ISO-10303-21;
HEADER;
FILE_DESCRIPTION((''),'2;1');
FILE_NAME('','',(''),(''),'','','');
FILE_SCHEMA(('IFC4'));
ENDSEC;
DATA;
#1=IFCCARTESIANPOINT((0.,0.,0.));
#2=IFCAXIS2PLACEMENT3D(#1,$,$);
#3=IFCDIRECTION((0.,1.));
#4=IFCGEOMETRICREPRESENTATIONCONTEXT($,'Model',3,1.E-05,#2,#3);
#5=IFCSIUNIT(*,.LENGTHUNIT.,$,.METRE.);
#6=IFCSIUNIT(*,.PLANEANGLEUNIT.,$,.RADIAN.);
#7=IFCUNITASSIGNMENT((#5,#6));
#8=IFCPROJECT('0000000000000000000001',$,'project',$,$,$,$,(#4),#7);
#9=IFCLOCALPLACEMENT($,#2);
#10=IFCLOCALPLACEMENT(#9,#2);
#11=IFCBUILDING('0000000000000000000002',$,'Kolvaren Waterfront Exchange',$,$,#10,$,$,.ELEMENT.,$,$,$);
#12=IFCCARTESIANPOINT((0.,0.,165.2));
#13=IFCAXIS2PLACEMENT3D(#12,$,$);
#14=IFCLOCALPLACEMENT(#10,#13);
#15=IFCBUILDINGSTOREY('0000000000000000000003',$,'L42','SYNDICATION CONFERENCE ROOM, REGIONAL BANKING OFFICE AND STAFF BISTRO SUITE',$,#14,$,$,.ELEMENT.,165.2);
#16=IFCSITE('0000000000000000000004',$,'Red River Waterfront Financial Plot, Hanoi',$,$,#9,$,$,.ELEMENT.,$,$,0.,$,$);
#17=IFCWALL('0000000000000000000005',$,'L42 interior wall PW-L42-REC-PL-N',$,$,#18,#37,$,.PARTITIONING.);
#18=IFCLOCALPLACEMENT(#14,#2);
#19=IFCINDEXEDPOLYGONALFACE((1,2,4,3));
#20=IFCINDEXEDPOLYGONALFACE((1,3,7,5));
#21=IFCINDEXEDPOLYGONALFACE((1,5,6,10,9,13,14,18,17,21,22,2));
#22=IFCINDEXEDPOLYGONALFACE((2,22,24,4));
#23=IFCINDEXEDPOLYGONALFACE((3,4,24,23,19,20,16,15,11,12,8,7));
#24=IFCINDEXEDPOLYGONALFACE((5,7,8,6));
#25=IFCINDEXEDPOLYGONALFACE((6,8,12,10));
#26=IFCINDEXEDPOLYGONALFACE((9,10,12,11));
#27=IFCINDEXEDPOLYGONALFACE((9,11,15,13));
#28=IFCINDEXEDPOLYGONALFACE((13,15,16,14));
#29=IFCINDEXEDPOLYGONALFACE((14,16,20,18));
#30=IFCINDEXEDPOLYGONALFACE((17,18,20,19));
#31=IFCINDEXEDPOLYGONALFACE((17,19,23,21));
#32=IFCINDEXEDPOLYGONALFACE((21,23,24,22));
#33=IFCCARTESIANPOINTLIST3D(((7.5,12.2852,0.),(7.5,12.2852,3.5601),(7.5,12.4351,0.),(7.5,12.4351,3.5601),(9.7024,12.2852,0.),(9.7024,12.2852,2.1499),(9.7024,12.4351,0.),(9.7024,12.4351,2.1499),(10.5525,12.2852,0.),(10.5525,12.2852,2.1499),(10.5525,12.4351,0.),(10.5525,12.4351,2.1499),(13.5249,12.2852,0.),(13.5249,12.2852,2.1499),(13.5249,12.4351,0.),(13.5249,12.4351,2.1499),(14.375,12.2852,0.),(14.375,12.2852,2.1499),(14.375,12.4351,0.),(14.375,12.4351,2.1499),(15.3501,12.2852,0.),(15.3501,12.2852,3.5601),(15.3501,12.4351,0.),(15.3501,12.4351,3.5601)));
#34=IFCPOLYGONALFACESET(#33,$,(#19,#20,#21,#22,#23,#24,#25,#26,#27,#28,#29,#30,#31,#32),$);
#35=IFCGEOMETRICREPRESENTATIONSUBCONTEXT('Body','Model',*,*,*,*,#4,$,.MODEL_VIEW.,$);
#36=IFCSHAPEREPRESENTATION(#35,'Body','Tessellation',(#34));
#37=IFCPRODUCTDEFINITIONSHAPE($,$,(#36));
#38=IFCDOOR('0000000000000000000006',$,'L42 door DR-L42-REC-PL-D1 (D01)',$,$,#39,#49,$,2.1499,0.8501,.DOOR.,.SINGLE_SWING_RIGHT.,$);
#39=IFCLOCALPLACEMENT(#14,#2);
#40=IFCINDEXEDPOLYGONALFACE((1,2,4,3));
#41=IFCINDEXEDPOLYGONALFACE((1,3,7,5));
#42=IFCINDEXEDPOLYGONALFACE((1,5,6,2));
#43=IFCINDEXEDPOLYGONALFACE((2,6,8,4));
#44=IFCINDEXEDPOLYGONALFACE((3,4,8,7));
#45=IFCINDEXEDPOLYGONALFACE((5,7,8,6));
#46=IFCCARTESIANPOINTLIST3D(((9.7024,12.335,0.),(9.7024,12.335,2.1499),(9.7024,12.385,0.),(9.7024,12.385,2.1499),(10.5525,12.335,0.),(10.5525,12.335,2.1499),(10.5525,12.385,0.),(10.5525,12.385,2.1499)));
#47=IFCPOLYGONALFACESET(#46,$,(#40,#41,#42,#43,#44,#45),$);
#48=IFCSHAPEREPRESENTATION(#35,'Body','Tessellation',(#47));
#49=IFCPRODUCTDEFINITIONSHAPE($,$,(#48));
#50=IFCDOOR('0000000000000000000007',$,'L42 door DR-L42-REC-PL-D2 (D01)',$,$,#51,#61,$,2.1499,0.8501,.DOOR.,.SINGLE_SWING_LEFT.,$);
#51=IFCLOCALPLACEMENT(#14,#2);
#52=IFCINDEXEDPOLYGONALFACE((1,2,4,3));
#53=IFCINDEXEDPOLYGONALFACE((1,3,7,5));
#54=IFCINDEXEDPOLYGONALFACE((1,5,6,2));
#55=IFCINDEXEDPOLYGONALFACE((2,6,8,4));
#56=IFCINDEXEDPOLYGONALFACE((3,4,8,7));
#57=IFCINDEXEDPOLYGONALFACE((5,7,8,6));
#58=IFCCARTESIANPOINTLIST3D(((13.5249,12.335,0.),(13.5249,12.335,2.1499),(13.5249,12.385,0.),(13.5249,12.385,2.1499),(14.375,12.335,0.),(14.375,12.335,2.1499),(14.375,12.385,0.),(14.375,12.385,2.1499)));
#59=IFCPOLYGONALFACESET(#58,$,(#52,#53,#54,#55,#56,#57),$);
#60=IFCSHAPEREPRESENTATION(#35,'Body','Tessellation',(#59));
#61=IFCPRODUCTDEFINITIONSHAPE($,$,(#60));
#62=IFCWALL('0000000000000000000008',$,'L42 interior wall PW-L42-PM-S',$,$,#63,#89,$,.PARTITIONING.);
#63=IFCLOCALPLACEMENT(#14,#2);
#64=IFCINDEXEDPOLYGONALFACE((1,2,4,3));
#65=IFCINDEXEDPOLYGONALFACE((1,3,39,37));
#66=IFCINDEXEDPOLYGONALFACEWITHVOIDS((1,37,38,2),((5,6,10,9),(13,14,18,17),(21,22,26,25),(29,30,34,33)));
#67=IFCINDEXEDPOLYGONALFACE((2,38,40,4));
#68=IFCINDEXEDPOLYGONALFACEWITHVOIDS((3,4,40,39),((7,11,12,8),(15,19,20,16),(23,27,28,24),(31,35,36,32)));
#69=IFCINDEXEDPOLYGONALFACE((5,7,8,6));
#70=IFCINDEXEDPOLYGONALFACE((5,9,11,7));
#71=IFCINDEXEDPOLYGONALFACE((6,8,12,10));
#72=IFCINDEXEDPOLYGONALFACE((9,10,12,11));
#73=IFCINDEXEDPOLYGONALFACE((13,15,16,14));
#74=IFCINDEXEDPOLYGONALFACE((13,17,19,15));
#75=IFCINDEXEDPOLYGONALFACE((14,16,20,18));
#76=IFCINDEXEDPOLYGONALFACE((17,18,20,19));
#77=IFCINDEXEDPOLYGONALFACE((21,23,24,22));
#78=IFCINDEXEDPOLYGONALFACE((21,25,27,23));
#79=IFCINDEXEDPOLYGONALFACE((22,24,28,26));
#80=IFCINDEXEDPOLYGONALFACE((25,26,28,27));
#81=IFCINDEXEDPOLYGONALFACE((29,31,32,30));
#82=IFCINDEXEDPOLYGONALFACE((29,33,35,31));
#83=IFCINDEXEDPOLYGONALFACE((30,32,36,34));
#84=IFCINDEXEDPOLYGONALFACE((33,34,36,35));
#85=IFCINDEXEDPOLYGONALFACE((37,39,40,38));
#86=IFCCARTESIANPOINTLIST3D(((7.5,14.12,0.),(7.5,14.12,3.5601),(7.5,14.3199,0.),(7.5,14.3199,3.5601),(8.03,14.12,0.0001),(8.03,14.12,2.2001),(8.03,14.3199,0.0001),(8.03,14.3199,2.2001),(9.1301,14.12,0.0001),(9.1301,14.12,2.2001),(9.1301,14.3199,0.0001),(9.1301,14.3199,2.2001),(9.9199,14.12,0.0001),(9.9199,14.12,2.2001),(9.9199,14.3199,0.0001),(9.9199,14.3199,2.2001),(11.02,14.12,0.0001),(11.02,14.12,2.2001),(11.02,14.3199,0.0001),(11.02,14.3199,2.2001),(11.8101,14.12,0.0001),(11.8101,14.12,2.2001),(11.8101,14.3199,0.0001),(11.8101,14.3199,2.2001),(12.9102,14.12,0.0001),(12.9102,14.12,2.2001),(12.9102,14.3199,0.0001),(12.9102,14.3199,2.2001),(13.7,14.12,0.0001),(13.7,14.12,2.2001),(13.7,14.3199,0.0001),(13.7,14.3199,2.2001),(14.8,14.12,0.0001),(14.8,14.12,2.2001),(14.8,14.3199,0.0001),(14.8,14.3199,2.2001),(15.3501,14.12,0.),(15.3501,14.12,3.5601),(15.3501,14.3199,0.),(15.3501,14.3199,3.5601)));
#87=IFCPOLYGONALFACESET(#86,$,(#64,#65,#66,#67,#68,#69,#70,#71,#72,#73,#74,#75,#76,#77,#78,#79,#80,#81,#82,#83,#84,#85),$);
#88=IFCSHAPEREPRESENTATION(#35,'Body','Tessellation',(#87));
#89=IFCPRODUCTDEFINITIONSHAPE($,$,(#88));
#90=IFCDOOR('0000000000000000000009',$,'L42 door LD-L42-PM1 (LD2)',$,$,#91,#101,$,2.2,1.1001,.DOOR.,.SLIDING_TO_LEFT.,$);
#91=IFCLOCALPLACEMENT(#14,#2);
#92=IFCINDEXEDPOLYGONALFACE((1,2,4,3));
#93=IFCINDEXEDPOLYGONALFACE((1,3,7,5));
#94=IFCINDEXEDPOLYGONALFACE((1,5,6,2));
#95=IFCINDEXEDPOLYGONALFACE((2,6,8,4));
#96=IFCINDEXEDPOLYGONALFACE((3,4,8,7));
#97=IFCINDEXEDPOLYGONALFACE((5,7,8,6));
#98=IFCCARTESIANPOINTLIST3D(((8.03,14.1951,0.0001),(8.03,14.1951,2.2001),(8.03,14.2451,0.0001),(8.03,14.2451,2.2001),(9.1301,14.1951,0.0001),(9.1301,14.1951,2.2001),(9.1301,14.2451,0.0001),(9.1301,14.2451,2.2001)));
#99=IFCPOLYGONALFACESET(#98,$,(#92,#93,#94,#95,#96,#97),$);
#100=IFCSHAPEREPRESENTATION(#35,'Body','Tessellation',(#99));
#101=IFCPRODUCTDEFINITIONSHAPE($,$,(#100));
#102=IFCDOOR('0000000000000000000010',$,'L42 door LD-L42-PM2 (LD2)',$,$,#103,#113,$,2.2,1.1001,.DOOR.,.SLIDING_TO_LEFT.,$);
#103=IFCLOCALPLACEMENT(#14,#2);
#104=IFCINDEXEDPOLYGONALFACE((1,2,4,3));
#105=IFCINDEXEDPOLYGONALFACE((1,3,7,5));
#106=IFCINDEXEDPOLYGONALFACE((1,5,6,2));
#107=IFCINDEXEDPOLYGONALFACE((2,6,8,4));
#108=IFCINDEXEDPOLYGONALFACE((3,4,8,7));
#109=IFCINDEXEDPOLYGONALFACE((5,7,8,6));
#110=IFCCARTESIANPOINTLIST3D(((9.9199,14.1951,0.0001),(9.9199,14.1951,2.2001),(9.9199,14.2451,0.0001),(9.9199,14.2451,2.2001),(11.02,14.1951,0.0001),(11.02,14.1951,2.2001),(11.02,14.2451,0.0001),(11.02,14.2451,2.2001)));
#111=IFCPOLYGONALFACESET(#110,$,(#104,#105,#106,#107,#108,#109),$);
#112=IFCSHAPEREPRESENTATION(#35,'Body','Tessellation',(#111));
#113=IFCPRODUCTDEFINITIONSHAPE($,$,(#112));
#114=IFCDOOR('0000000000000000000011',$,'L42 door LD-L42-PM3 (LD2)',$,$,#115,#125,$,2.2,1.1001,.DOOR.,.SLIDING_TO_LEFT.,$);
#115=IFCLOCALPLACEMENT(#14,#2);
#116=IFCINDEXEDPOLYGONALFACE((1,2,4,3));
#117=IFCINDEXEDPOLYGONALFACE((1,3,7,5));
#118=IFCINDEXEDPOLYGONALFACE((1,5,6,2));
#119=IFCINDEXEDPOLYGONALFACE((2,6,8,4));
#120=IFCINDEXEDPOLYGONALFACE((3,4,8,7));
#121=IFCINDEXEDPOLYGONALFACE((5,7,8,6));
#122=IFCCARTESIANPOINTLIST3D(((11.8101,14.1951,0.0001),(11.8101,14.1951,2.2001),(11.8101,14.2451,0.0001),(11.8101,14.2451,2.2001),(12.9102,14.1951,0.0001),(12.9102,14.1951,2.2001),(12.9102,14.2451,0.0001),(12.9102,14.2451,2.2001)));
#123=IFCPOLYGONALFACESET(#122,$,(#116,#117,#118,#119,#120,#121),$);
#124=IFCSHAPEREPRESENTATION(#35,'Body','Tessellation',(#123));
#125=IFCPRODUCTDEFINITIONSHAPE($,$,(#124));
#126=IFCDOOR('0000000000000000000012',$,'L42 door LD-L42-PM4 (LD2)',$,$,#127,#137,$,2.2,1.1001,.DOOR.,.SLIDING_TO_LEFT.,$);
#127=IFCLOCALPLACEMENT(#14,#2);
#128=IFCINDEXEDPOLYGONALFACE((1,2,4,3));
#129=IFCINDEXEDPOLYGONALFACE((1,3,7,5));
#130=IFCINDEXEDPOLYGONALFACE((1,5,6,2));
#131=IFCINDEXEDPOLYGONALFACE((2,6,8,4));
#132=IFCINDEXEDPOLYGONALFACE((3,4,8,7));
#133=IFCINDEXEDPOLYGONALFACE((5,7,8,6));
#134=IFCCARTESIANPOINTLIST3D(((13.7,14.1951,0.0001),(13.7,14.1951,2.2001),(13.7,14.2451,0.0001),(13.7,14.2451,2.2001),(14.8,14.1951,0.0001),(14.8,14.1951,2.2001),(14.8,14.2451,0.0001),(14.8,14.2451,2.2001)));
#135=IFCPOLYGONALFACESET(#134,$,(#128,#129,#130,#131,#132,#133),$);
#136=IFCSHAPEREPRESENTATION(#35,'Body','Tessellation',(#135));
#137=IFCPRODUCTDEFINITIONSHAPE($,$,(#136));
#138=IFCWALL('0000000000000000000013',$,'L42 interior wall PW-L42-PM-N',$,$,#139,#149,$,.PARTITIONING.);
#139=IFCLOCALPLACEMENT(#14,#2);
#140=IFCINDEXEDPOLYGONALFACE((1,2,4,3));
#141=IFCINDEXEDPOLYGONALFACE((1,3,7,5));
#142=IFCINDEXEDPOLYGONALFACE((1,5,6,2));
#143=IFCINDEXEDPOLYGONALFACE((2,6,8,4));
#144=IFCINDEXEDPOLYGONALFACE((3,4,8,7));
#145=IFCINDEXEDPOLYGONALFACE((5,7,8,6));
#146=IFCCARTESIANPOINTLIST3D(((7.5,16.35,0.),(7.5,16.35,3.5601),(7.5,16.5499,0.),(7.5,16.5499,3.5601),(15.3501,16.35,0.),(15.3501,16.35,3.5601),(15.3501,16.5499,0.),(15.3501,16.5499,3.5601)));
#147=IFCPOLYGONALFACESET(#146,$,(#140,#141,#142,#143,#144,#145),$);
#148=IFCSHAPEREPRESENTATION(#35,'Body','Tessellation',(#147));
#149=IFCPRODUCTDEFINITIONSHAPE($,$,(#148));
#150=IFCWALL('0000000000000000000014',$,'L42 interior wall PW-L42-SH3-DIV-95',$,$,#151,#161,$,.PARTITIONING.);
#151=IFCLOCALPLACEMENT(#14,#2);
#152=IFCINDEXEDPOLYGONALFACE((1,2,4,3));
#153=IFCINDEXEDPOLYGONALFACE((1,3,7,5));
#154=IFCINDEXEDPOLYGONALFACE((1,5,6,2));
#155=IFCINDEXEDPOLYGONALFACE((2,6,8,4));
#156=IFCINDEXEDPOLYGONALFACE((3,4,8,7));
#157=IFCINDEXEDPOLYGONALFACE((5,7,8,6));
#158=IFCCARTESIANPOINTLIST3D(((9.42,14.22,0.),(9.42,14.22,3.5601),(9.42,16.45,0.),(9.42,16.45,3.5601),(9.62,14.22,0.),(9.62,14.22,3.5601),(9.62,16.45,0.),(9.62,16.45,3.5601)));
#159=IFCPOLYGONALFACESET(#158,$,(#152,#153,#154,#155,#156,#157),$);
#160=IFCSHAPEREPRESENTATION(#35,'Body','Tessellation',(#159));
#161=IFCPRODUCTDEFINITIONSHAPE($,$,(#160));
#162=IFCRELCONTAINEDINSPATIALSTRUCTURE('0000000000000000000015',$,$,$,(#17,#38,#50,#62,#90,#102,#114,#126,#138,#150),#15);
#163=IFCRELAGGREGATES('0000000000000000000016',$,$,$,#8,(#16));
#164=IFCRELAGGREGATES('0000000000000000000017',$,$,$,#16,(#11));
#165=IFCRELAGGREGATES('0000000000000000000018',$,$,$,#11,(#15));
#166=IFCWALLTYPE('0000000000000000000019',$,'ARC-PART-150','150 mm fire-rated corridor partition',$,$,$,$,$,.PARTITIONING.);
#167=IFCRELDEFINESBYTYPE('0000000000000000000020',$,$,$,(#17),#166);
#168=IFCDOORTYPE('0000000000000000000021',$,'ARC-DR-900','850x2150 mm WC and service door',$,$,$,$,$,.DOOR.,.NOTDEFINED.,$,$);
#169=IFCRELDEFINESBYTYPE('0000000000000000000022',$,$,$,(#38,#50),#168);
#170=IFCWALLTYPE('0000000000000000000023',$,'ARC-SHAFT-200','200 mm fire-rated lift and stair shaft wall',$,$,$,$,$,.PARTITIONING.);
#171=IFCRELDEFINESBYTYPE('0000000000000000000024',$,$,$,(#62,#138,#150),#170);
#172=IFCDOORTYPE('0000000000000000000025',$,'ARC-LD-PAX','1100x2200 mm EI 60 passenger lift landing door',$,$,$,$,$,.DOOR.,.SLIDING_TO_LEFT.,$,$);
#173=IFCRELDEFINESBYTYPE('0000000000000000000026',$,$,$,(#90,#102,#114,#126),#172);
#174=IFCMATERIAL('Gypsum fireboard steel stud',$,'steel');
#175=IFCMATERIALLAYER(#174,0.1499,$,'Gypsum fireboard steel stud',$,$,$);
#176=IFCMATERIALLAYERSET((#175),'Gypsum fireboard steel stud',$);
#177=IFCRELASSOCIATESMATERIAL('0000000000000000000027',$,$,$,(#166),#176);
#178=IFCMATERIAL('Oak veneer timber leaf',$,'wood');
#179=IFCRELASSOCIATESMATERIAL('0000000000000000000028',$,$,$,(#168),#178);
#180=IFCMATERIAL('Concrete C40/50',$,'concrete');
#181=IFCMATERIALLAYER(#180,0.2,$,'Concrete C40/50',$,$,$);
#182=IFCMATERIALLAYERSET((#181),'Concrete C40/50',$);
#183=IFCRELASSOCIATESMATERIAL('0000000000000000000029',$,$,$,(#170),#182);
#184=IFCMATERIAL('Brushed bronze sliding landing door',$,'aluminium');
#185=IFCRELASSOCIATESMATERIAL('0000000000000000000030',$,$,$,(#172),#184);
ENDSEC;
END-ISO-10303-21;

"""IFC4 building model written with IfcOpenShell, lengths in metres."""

from ifc_helpers import new_model, si_unit, direction, frame, frame_2d, origin, place, context, subcontext, project, spatial, rectangle, extrude, material, layer, layer_set, type_object, element, fill, save


model = new_model("IFC4")

# Units and contexts
model_context = context("Model", 3, precision=1e-05, world=origin(), true_north=direction((0.0, 1.0)))
body_context = subcontext(model_context, "Body", "Model", "MODEL_VIEW")
ifc_project = project(units=[si_unit("LENGTHUNIT", "METRE"), si_unit("PLANEANGLEUNIT", "RADIAN")], contexts=[model_context])

# Site, building, storey
site_placement = place(None, origin())
site = spatial("IfcSite", under=ifc_project, at=site_placement, Name="Red River Waterfront Financial Plot, Hanoi", CompositionType="ELEMENT", RefElevation=0.0)
building_placement = place(site_placement, origin())
building = spatial("IfcBuilding", under=site, at=building_placement, Name="Kolvaren Waterfront Exchange", CompositionType="ELEMENT")
storey_placement = place(building_placement, frame((0.0, 0.0, 165.2)))
storey = spatial("IfcBuildingStorey", under=building, at=storey_placement, Name="L42", Description="SYNDICATION CONFERENCE ROOM, REGIONAL BANKING OFFICE AND STAFF BISTRO SUITE", CompositionType="ELEMENT", Elevation=165.2)

# Walls, openings, doors
ifc_material_1 = material(Name="Gypsum fireboard steel stud", Category="steel")
ifc_layer_1 = layer(ifc_material_1, 0.1499, Name="Gypsum fireboard steel stud")
ifc_layer_set_1 = layer_set([ifc_layer_1], Name="Gypsum fireboard steel stud")
wall_type_1 = type_object("IfcWallType", Name="ARC-PART-150", Description="150 mm fire-rated corridor partition", PredefinedType="PARTITIONING", material=ifc_layer_set_1)
wall_1_placement = place(storey_placement, frame((7.5, 12.3601, 0.0), z_axis=(0.0, 0.0, 1.0), x_axis=(1.0, 0.0, 0.0)))
wall_1 = element("IfcWall", 1, at=wall_1_placement, inside=storey, type_object=wall_type_1, Name="L42 interior wall PW-L42-REC-PL-N", PredefinedType="PARTITIONING", context=body_context, shape_type="SweptSolid", body=[
    extrude(rectangle(XDim=7.8501, YDim=0.1499, at=frame_2d((3.925, 0.0))), origin(), (0.0, 0.0, 1.0), 3.5601),
])
opening_1_placement = place(wall_1_placement, frame((2.2024, 0.0, 0.0)))
opening_1 = element("IfcOpeningElement", 2, at=opening_1_placement, cuts=wall_1, PredefinedType="OPENING", context=body_context, shape_type="SweptSolid", body=[
    extrude(rectangle(XDim=0.8501, YDim=2.1499, at=frame_2d((0.425, 1.075))), frame((0.0, 0.085, 0.0), z_axis=(0.0, -1.0, 0.0), x_axis=(1.0, 0.0, 0.0)), (0.0, 0.0, 1.0), 0.1699),
])
opening_2_placement = place(wall_1_placement, frame((6.0249, 0.0, 0.0)))
opening_2 = element("IfcOpeningElement", 3, at=opening_2_placement, cuts=wall_1, PredefinedType="OPENING", context=body_context, shape_type="SweptSolid", body=[
    extrude(rectangle(XDim=0.8501, YDim=2.1499, at=frame_2d((0.425, 1.075))), frame((0.0, 0.085, 0.0), z_axis=(0.0, -1.0, 0.0), x_axis=(1.0, 0.0, 0.0)), (0.0, 0.0, 1.0), 0.1699),
])
ifc_material_2 = material(Name="Oak veneer timber leaf", Category="wood")
door_type_1 = type_object("IfcDoorType", Name="ARC-DR-900", Description="850x2150 mm WC and service door", OperationType="NOTDEFINED", PredefinedType="DOOR", material=ifc_material_2)
door_1_placement = place(opening_1_placement, origin())
door_1 = element("IfcDoor", 4, at=door_1_placement, inside=storey, type_object=door_type_1, Name="L42 door DR-L42-REC-PL-D1 (D01)", OperationType="SINGLE_SWING_RIGHT", OverallHeight=2.1499, OverallWidth=0.8501, PredefinedType="DOOR", context=body_context, shape_type="SweptSolid", body=[
    extrude(rectangle(XDim=0.8501, YDim=2.1499, at=frame_2d((0.425, 1.075))), frame((0.0, 0.0249, 0.0), z_axis=(0.0, -1.0, 0.0), x_axis=(1.0, 0.0, 0.0)), (0.0, 0.0, 1.0), 0.05),
])
fill(opening_1, door_1)
door_2_placement = place(opening_2_placement, origin())
door_2 = element("IfcDoor", 5, at=door_2_placement, inside=storey, type_object=door_type_1, Name="L42 door DR-L42-REC-PL-D2 (D01)", OperationType="SINGLE_SWING_LEFT", OverallHeight=2.1499, OverallWidth=0.8501, PredefinedType="DOOR", context=body_context, shape_type="SweptSolid", body=[
    extrude(rectangle(XDim=0.8501, YDim=2.1499, at=frame_2d((0.425, 1.075))), frame((0.0, 0.0249, 0.0), z_axis=(0.0, -1.0, 0.0), x_axis=(1.0, 0.0, 0.0)), (0.0, 0.0, 1.0), 0.05),
])
fill(opening_2, door_2)
ifc_material_3 = material(Name="Concrete C40/50", Category="concrete")
ifc_layer_2 = layer(ifc_material_3, 0.2, Name="Concrete C40/50")
ifc_layer_set_2 = layer_set([ifc_layer_2], Name="Concrete C40/50")
wall_type_2 = type_object("IfcWallType", Name="ARC-SHAFT-200", Description="200 mm fire-rated lift and stair shaft wall", PredefinedType="PARTITIONING", material=ifc_layer_set_2)
wall_2_placement = place(storey_placement, frame((7.5, 14.22, 0.0), z_axis=(0.0, 0.0, 1.0), x_axis=(1.0, 0.0, 0.0)))
wall_2 = element("IfcWall", 6, at=wall_2_placement, inside=storey, type_object=wall_type_2, Name="L42 interior wall PW-L42-PM-S", PredefinedType="PARTITIONING", context=body_context, shape_type="SweptSolid", body=[
    extrude(rectangle(XDim=7.8501, YDim=0.2, at=frame_2d((3.925, 0.0))), origin(), (0.0, 0.0, 1.0), 3.5601),
])
opening_3_placement = place(wall_2_placement, frame((0.53, 0.0, 0.0)))
opening_3 = element("IfcOpeningElement", 7, at=opening_3_placement, cuts=wall_2, PredefinedType="OPENING", context=body_context, shape_type="SweptSolid", body=[
    extrude(rectangle(XDim=1.1001, YDim=2.2, at=frame_2d((0.55, 1.1001))), frame((0.0, 0.1099, 0.0), z_axis=(0.0, -1.0, 0.0), x_axis=(1.0, 0.0, 0.0)), (0.0, 0.0, 1.0), 0.22),
])
opening_4_placement = place(wall_2_placement, frame((2.4199, 0.0, 0.0)))
opening_4 = element("IfcOpeningElement", 8, at=opening_4_placement, cuts=wall_2, PredefinedType="OPENING", context=body_context, shape_type="SweptSolid", body=[
    extrude(rectangle(XDim=1.1001, YDim=2.2, at=frame_2d((0.55, 1.1001))), frame((0.0, 0.1099, 0.0), z_axis=(0.0, -1.0, 0.0), x_axis=(1.0, 0.0, 0.0)), (0.0, 0.0, 1.0), 0.22),
])
opening_5_placement = place(wall_2_placement, frame((4.3101, 0.0, 0.0)))
opening_5 = element("IfcOpeningElement", 9, at=opening_5_placement, cuts=wall_2, PredefinedType="OPENING", context=body_context, shape_type="SweptSolid", body=[
    extrude(rectangle(XDim=1.1001, YDim=2.2, at=frame_2d((0.55, 1.1001))), frame((0.0, 0.1099, 0.0), z_axis=(0.0, -1.0, 0.0), x_axis=(1.0, 0.0, 0.0)), (0.0, 0.0, 1.0), 0.22),
])
opening_6_placement = place(wall_2_placement, frame((6.2, 0.0, 0.0)))
opening_6 = element("IfcOpeningElement", 10, at=opening_6_placement, cuts=wall_2, PredefinedType="OPENING", context=body_context, shape_type="SweptSolid", body=[
    extrude(rectangle(XDim=1.1001, YDim=2.2, at=frame_2d((0.55, 1.1001))), frame((0.0, 0.1099, 0.0), z_axis=(0.0, -1.0, 0.0), x_axis=(1.0, 0.0, 0.0)), (0.0, 0.0, 1.0), 0.22),
])
ifc_material_4 = material(Name="Brushed bronze sliding landing door", Category="aluminium")
door_type_2 = type_object("IfcDoorType", Name="ARC-LD-PAX", Description="1100x2200 mm EI 60 passenger lift landing door", OperationType="SLIDING_TO_LEFT", PredefinedType="DOOR", material=ifc_material_4)
door_3_placement = place(opening_3_placement, frame((1.1001, 0.0, 0.0), z_axis=(0.0, 0.0, 1.0), x_axis=(-1.0, 0.0, 0.0)))
door_3 = element("IfcDoor", 11, at=door_3_placement, inside=storey, type_object=door_type_2, Name="L42 door LD-L42-PM1 (LD2)", OperationType="SLIDING_TO_LEFT", OverallHeight=2.2, OverallWidth=1.1001, PredefinedType="DOOR", context=body_context, shape_type="SweptSolid", body=[
    extrude(rectangle(XDim=1.1001, YDim=2.2, at=frame_2d((0.55, 1.1001))), frame((0.0, 0.0249, 0.0), z_axis=(0.0, -1.0, 0.0), x_axis=(1.0, 0.0, 0.0)), (0.0, 0.0, 1.0), 0.05),
])
fill(opening_3, door_3)
door_4_placement = place(opening_4_placement, frame((1.1001, 0.0, 0.0), z_axis=(0.0, 0.0, 1.0), x_axis=(-1.0, 0.0, 0.0)))
door_4 = element("IfcDoor", 12, at=door_4_placement, inside=storey, type_object=door_type_2, Name="L42 door LD-L42-PM2 (LD2)", OperationType="SLIDING_TO_LEFT", OverallHeight=2.2, OverallWidth=1.1001, PredefinedType="DOOR", context=body_context, shape_type="SweptSolid", body=[
    extrude(rectangle(XDim=1.1001, YDim=2.2, at=frame_2d((0.55, 1.1001))), frame((0.0, 0.0249, 0.0), z_axis=(0.0, -1.0, 0.0), x_axis=(1.0, 0.0, 0.0)), (0.0, 0.0, 1.0), 0.05),
])
fill(opening_4, door_4)
door_5_placement = place(opening_5_placement, frame((1.1001, 0.0, 0.0), z_axis=(0.0, 0.0, 1.0), x_axis=(-1.0, 0.0, 0.0)))
door_5 = element("IfcDoor", 13, at=door_5_placement, inside=storey, type_object=door_type_2, Name="L42 door LD-L42-PM3 (LD2)", OperationType="SLIDING_TO_LEFT", OverallHeight=2.2, OverallWidth=1.1001, PredefinedType="DOOR", context=body_context, shape_type="SweptSolid", body=[
    extrude(rectangle(XDim=1.1001, YDim=2.2, at=frame_2d((0.55, 1.1001))), frame((0.0, 0.0249, 0.0), z_axis=(0.0, -1.0, 0.0), x_axis=(1.0, 0.0, 0.0)), (0.0, 0.0, 1.0), 0.05),
])
fill(opening_5, door_5)
door_6_placement = place(opening_6_placement, frame((1.1001, 0.0, 0.0), z_axis=(0.0, 0.0, 1.0), x_axis=(-1.0, 0.0, 0.0)))
door_6 = element("IfcDoor", 14, at=door_6_placement, inside=storey, type_object=door_type_2, Name="L42 door LD-L42-PM4 (LD2)", OperationType="SLIDING_TO_LEFT", OverallHeight=2.2, OverallWidth=1.1001, PredefinedType="DOOR", context=body_context, shape_type="SweptSolid", body=[
    extrude(rectangle(XDim=1.1001, YDim=2.2, at=frame_2d((0.55, 1.1001))), frame((0.0, 0.0249, 0.0), z_axis=(0.0, -1.0, 0.0), x_axis=(1.0, 0.0, 0.0)), (0.0, 0.0, 1.0), 0.05),
])
fill(opening_6, door_6)

# Walls
wall_3_placement = place(storey_placement, frame((7.5, 16.45, 0.0), z_axis=(0.0, 0.0, 1.0), x_axis=(1.0, 0.0, 0.0)))
element("IfcWall", 15, at=wall_3_placement, inside=storey, type_object=wall_type_2, Name="L42 interior wall PW-L42-PM-N", PredefinedType="PARTITIONING", context=body_context, shape_type="SweptSolid", body=[
    extrude(rectangle(XDim=7.8501, YDim=0.2, at=frame_2d((3.925, 0.0))), origin(), (0.0, 0.0, 1.0), 3.5601),
])
for number, where, z_axis, x_axis, name in (
    (16, (9.52, 14.22, 0.0), (0.0, 0.0, 1.0), (0.0, 1.0, 0.0), "L42 interior wall PW-L42-SH3-DIV-95"),
):
    element("IfcWall", number, at=place(storey_placement, frame(where, z_axis=z_axis, x_axis=x_axis)), inside=storey, type_object=wall_type_2, Name=name, PredefinedType="PARTITIONING", context=body_context, shape_type="SweptSolid", body=[
        extrude(rectangle(XDim=2.23, YDim=0.2, at=frame_2d((1.115, 0.0))), origin(), (0.0, 0.0, 1.0), 3.5601),
    ])

save(model, "model.ifc")
